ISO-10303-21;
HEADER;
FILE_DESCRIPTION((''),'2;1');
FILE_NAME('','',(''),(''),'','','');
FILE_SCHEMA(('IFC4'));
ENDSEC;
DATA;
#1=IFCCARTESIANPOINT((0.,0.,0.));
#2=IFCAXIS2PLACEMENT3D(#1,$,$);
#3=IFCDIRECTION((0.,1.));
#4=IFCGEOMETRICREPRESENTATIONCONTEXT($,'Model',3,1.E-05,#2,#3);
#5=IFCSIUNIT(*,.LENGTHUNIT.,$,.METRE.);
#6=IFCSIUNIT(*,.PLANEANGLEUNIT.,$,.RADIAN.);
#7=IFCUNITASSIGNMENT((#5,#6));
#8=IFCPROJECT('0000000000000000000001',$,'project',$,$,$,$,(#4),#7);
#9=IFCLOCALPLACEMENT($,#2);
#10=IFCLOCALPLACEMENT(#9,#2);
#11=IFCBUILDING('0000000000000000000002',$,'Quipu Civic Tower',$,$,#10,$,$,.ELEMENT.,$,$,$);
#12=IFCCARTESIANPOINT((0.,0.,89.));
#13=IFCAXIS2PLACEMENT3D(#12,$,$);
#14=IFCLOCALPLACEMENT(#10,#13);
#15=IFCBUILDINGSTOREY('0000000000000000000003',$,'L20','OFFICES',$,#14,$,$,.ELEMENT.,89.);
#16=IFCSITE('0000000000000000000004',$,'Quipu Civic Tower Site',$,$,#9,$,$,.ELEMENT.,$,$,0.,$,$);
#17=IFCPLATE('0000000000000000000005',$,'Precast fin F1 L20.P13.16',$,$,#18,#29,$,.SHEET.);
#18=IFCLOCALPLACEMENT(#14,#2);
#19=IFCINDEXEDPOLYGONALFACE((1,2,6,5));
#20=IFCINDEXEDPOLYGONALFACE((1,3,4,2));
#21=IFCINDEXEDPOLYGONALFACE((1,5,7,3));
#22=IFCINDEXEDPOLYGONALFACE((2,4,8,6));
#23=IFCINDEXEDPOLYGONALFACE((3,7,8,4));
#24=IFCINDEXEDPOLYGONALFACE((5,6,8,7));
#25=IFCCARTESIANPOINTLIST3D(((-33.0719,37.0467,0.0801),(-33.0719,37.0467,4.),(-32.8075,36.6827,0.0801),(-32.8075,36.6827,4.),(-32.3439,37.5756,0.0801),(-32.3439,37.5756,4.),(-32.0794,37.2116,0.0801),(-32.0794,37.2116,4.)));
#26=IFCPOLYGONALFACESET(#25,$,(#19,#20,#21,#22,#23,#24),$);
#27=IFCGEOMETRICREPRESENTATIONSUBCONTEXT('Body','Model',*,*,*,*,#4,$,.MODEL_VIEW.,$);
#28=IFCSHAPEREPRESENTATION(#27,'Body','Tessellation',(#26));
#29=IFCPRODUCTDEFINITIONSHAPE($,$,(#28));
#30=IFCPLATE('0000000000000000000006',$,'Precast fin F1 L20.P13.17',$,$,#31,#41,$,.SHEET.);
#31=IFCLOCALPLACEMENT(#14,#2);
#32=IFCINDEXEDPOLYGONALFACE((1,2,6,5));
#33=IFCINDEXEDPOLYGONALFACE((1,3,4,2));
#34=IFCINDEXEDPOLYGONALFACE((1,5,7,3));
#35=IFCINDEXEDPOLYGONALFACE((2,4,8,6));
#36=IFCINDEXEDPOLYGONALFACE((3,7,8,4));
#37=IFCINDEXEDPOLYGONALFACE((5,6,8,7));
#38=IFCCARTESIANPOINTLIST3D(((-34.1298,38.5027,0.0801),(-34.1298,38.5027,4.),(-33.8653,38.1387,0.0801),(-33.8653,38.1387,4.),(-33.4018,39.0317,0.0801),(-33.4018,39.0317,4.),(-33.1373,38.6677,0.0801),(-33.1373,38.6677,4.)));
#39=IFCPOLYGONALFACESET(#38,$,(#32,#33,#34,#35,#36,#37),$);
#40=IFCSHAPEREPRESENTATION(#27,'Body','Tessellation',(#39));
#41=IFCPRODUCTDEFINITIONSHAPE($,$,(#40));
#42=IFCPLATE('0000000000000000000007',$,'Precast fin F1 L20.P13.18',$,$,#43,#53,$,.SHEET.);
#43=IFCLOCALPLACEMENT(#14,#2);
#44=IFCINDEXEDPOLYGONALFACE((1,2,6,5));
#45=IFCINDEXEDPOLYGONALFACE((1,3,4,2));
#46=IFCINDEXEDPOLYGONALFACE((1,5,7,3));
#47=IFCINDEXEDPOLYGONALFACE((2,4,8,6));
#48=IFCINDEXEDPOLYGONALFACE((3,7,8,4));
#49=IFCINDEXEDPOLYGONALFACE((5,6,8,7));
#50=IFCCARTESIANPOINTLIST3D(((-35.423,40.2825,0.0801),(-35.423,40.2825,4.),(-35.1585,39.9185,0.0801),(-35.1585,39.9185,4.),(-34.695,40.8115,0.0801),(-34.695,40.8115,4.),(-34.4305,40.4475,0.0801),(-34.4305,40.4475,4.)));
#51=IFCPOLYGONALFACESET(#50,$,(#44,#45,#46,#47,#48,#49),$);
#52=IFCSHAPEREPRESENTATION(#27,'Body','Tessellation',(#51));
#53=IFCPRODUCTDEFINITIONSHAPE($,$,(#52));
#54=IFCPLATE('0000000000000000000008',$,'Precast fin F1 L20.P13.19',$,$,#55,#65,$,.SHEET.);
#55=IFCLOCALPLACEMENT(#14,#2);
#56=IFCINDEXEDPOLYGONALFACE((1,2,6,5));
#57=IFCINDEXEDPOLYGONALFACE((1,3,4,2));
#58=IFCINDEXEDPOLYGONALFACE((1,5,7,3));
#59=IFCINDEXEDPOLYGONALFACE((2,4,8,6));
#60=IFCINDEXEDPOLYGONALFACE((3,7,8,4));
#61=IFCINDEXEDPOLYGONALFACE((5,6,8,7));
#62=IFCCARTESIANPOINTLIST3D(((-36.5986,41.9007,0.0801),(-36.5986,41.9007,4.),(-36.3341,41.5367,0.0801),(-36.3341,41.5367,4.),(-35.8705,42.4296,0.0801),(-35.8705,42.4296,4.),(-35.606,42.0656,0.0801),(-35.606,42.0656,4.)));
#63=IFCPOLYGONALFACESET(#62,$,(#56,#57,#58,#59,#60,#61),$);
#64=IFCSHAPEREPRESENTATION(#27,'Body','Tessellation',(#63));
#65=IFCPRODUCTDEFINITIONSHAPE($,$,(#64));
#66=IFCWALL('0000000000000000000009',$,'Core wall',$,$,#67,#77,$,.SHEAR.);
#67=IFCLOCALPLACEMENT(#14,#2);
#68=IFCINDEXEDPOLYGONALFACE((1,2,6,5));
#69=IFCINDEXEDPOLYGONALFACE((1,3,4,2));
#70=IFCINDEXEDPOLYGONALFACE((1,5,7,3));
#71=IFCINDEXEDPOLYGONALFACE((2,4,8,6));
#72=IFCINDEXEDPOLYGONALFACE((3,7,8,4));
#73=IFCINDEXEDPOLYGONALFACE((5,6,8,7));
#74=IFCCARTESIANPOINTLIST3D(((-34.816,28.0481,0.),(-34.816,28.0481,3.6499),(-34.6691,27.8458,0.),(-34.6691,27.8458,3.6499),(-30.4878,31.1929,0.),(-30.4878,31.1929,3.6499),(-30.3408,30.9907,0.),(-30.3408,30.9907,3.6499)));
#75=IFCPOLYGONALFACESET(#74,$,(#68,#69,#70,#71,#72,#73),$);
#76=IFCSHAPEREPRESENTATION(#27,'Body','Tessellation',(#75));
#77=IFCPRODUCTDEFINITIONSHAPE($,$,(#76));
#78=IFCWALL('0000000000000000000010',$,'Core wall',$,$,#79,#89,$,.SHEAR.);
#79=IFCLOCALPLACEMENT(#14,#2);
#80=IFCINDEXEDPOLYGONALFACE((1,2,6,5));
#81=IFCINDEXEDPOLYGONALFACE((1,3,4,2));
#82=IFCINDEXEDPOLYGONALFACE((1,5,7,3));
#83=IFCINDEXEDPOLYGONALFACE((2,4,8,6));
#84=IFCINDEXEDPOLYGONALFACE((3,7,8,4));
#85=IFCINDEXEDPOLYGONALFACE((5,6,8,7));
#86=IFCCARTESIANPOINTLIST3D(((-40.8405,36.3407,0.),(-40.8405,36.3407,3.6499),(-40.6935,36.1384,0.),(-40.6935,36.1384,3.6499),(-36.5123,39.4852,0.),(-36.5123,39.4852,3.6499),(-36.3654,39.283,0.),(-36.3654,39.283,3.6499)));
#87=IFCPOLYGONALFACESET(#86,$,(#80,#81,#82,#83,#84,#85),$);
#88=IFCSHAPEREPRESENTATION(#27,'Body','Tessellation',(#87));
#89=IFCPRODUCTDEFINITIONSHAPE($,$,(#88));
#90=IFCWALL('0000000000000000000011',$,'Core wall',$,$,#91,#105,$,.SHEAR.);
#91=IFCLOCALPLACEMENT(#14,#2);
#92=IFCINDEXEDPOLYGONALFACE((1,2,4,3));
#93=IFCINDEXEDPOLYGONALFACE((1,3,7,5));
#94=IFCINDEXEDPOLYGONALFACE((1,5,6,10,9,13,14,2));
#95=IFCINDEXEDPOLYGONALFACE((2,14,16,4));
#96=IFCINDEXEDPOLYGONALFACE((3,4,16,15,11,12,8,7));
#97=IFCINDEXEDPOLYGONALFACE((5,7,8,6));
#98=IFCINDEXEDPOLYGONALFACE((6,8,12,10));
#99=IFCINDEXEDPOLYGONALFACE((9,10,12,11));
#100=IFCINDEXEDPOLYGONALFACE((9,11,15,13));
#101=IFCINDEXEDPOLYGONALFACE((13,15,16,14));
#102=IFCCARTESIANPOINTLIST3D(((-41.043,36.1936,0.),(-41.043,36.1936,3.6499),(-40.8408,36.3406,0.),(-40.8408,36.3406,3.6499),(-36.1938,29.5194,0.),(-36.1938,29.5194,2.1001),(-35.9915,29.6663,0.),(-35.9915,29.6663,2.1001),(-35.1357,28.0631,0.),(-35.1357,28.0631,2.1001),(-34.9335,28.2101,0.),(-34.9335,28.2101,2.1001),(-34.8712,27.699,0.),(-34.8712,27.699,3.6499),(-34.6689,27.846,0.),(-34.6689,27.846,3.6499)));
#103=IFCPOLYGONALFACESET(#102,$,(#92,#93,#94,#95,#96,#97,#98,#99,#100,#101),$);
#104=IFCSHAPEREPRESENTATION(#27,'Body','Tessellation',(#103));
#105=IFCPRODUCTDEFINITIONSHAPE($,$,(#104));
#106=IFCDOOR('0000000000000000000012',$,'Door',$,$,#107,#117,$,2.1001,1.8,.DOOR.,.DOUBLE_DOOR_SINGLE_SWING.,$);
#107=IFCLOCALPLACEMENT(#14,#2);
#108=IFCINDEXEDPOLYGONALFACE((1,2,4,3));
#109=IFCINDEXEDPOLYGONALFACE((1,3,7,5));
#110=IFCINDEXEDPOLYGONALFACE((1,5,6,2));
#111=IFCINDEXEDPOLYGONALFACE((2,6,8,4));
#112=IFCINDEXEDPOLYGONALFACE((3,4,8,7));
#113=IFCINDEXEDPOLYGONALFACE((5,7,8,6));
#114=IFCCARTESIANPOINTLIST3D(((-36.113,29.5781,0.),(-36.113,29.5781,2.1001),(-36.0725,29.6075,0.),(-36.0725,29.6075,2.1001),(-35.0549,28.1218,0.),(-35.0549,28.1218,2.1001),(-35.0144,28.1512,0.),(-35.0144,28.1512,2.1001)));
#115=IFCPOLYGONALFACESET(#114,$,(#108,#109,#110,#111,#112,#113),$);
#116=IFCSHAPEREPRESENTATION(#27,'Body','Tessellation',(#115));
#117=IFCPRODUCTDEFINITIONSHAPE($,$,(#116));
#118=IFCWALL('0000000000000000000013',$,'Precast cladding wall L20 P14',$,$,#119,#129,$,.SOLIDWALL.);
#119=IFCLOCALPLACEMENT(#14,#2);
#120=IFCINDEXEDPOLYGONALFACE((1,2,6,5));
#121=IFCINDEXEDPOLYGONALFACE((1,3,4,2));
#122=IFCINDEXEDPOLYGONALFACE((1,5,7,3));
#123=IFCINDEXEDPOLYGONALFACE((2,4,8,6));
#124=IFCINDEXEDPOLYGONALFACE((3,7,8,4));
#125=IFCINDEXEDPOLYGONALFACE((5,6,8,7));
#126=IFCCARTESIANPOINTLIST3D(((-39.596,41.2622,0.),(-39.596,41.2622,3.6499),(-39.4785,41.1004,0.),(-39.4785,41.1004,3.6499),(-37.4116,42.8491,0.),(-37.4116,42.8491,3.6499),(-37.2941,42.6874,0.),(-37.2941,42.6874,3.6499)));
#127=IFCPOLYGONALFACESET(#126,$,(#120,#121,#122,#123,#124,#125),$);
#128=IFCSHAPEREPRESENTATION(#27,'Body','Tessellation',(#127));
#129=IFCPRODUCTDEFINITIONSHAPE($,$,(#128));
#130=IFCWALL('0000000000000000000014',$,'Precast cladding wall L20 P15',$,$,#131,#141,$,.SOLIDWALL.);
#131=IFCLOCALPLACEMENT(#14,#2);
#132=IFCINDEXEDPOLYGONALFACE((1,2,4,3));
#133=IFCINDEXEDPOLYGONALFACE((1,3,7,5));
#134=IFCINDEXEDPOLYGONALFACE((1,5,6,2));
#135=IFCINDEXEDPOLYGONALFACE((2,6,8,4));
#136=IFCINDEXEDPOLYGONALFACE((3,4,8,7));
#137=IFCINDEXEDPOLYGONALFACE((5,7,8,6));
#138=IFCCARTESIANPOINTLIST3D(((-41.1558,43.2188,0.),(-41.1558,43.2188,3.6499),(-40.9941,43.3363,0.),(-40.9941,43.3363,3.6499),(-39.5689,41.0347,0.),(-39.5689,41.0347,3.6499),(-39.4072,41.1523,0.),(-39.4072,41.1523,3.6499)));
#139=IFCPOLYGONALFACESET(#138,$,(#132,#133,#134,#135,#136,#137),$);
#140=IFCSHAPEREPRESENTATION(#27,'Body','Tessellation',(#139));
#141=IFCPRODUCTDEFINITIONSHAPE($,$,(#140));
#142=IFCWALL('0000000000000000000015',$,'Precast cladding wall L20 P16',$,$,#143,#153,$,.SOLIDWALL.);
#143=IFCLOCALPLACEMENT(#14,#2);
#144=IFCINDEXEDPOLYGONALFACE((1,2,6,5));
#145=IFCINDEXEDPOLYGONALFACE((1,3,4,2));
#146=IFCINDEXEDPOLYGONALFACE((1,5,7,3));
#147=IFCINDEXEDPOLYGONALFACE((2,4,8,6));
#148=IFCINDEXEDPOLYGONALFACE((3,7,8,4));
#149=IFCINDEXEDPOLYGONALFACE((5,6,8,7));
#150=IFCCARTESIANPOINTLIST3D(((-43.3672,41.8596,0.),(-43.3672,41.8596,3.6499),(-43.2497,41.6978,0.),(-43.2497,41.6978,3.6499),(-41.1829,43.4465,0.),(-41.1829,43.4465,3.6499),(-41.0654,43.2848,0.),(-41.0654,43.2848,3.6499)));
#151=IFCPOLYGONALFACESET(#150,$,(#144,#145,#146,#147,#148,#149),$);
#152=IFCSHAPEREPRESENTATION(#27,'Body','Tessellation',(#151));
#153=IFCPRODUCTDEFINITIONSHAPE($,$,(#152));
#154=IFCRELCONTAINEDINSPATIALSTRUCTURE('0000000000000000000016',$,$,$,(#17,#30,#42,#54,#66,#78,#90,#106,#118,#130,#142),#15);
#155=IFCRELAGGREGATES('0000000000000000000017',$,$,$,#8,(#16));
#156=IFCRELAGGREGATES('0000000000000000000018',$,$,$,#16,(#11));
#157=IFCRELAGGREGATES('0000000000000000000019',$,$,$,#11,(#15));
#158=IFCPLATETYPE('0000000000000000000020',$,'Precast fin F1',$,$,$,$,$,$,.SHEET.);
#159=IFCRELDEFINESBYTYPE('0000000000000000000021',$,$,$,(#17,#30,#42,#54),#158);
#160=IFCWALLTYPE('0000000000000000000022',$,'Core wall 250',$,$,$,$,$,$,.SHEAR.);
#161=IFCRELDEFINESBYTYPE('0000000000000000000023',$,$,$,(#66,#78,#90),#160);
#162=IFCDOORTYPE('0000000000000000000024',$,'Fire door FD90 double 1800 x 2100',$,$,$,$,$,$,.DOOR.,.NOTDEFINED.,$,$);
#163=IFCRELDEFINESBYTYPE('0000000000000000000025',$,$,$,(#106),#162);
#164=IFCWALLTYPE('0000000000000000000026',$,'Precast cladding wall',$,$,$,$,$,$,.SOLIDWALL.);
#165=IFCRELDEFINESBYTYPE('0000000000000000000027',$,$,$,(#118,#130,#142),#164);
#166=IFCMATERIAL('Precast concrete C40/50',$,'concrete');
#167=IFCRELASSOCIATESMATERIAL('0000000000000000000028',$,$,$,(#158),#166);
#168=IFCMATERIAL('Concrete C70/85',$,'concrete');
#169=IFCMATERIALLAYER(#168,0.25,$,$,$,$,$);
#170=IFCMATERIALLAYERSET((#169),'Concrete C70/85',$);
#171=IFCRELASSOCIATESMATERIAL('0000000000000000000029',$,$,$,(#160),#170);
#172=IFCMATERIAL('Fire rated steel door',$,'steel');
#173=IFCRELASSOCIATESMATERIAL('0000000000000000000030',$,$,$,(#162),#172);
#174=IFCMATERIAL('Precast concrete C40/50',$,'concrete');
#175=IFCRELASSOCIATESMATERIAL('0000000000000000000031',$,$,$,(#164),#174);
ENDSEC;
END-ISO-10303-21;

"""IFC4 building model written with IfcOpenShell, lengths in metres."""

from ifc_helpers import new_model, si_unit, direction, frame, frame_2d, origin, origin_2d, place, context, subcontext, project, spatial, rectangle, extrude, material, layer, layer_set, type_object, element, fill, save


model = new_model("IFC4")

# Units and contexts
model_context = context("Model", 3, precision=1e-05, world=origin(), true_north=direction((0.0, 1.0)))
body_context = subcontext(model_context, "Body", "Model", "MODEL_VIEW")
ifc_project = project(units=[si_unit("LENGTHUNIT", "METRE"), si_unit("PLANEANGLEUNIT", "RADIAN")], contexts=[model_context])

# Site, building, storey
site_placement = place(None, origin())
site = spatial("IfcSite", under=ifc_project, at=site_placement, Name="Quipu Civic Tower Site", CompositionType="ELEMENT", RefElevation=0.0)
building_placement = place(site_placement, origin())
building = spatial("IfcBuilding", under=site, at=building_placement, Name="Quipu Civic Tower", CompositionType="ELEMENT")
storey_placement = place(building_placement, frame((0.0, 0.0, 89.0)))
storey = spatial("IfcBuildingStorey", under=building, at=storey_placement, Name="L20", Description="OFFICES", CompositionType="ELEMENT", Elevation=89.0)

# Plates
ifc_material_1 = material(Name="Precast concrete C40/50", Category="concrete")
plate_type_1 = type_object("IfcPlateType", Name="Precast fin F1", PredefinedType="SHEET", material=ifc_material_1)
for number, where, z_axis, x_axis, name in (
    (1, (-32.5757, 37.1292, 0.0801), (0.0, 0.0, 1.0), (-0.587785, 0.809017, 0.0), "Precast fin F1 L20.P13.16"),
    (2, (-33.6335, 38.5852, 0.0801), (0.0, 0.0, 1.0), (-0.587785, 0.809017, 0.0), "Precast fin F1 L20.P13.17"),
    (3, (-34.9268, 40.365, 0.0801), (0.0, 0.0, 1.0), (-0.587785, 0.809017, 0.0), "Precast fin F1 L20.P13.18"),
    (4, (-36.1023, 41.9832, 0.0801), (0.0, 0.0, 1.0), (-0.587785, 0.809017, 0.0), "Precast fin F1 L20.P13.19"),
):
    element("IfcPlate", number, at=place(storey_placement, frame(where, z_axis=z_axis, x_axis=x_axis)), inside=storey, type_object=plate_type_1, Name=name, PredefinedType="SHEET", context=body_context, shape_type="SweptSolid", body=[
        extrude(rectangle(XDim=0.45, YDim=0.8999, at=origin_2d()), origin(), (0.0, 0.0, 1.0), 3.9199),
    ])

# Walls
ifc_material_2 = material(Name="Concrete C70/85", Category="concrete")
ifc_layer_1 = layer(ifc_material_2, 0.25)
ifc_layer_set_1 = layer_set([ifc_layer_1], Name="Concrete C70/85")
wall_type_1 = type_object("IfcWallType", Name="Core wall 250", PredefinedType="SHEAR", material=ifc_layer_set_1)
wall_1_placement = place(storey_placement, frame((-30.4143, 31.0918, 0.0), z_axis=(0.0, 0.0, 1.0), x_axis=(-0.808998, -0.587811, 0.0)))
element("IfcWall", 5, at=wall_1_placement, inside=storey, type_object=wall_type_1, Name="Core wall", PredefinedType="SHEAR", context=body_context, shape_type="SweptSolid", body=[
    extrude(rectangle(XDim=5.3501, YDim=0.25, at=frame_2d((2.675, 0.0))), origin(), (0.0, 0.0, 1.0), 3.6499),
])
wall_2_placement = place(storey_placement, frame((-36.439, 39.384, 0.0), z_axis=(0.0, 0.0, 1.0), x_axis=(-0.80902, -0.587781, 0.0)))
element("IfcWall", 6, at=wall_2_placement, inside=storey, type_object=wall_type_1, Name="Core wall", PredefinedType="SHEAR", context=body_context, shape_type="SweptSolid", body=[
    extrude(rectangle(XDim=5.3499, YDim=0.25, at=frame_2d((2.6748, 0.0))), origin(), (0.0, 0.0, 1.0), 3.6499),
])

# Wall, opening, door
wall_3_placement = place(storey_placement, frame((-40.9419, 36.2671, 0.0), z_axis=(0.0, 0.0, 1.0), x_axis=(0.587796, -0.809009, 0.0)))
wall_3 = element("IfcWall", 7, at=wall_3_placement, inside=storey, type_object=wall_type_1, Name="Core wall", PredefinedType="SHEAR", context=body_context, shape_type="SweptSolid", body=[
    extrude(rectangle(XDim=10.5, YDim=0.25, at=frame_2d((5.25, 0.0))), origin(), (0.0, 0.0, 1.0), 3.6499),
])
opening_placement = place(wall_3_placement, frame((8.25, 0.0, 0.0)))
opening = element("IfcOpeningElement", 8, at=opening_placement, cuts=wall_3, PredefinedType="OPENING", context=body_context, shape_type="SweptSolid", body=[
    extrude(rectangle(XDim=1.8, YDim=2.1001, at=frame_2d((0.8999, 1.05))), frame((0.0, 0.135, 0.0), z_axis=(0.0, -1.0, 0.0), x_axis=(1.0, 0.0, 0.0)), (0.0, 0.0, 1.0), 0.27),
])
ifc_material_3 = material(Name="Fire rated steel door", Category="steel")
door_type = type_object("IfcDoorType", Name="Fire door FD90 double 1800 x 2100", OperationType="NOTDEFINED", PredefinedType="DOOR", material=ifc_material_3)
door_placement = place(opening_placement, origin())
door = element("IfcDoor", 9, at=door_placement, inside=storey, type_object=door_type, Name="Door", OperationType="DOUBLE_DOOR_SINGLE_SWING", OverallHeight=2.1001, OverallWidth=1.8, PredefinedType="DOOR", context=body_context, shape_type="SweptSolid", body=[
    extrude(rectangle(XDim=1.8, YDim=2.1001, at=frame_2d((0.8999, 1.05))), frame((0.0, 0.0249, 0.0), z_axis=(0.0, -1.0, 0.0), x_axis=(1.0, 0.0, 0.0)), (0.0, 0.0, 1.0), 0.05),
])
fill(opening, door)

# Walls
ifc_material_4 = material(Name="Precast concrete C40/50", Category="concrete")
wall_type_2 = type_object("IfcWallType", Name="Precast cladding wall", PredefinedType="SOLIDWALL", material=ifc_material_4)
wall_4_placement = place(storey_placement, frame((-37.3528, 42.7683, 0.0), z_axis=(0.0, 0.0, 1.0), x_axis=(-0.809033, -0.587763, 0.0)))
element("IfcWall", 10, at=wall_4_placement, inside=storey, type_object=wall_type_2, Name="Precast cladding wall L20 P14", PredefinedType="SOLIDWALL", context=body_context, shape_type="SweptSolid", body=[
    extrude(rectangle(XDim=2.7, YDim=0.2, at=frame_2d((1.3501, 0.0))), origin(), (0.0, 0.0, 1.0), 3.6499),
])
wall_5_placement = place(storey_placement, frame((-39.488, 41.0935, 0.0), z_axis=(0.0, 0.0, 1.0), x_axis=(-0.587806, 0.809002, 0.0)))
element("IfcWall", 11, at=wall_5_placement, inside=storey, type_object=wall_type_2, Name="Precast cladding wall L20 P15", PredefinedType="SOLIDWALL", context=body_context, shape_type="SweptSolid", body=[
    extrude(rectangle(XDim=2.6997, YDim=0.2, at=frame_2d((1.3499, 0.0))), origin(), (0.0, 0.0, 1.0), 3.6499),
])
wall_6_placement = place(storey_placement, frame((-41.124, 43.3657, 0.0), z_axis=(0.0, 0.0, 1.0), x_axis=(-0.809033, -0.587763, 0.0)))
element("IfcWall", 12, at=wall_6_placement, inside=storey, type_object=wall_type_2, Name="Precast cladding wall L20 P16", PredefinedType="SOLIDWALL", context=body_context, shape_type="SweptSolid", body=[
    extrude(rectangle(XDim=2.7, YDim=0.2, at=frame_2d((1.3501, 0.0))), origin(), (0.0, 0.0, 1.0), 3.6499),
])

save(model, "model.ifc")
